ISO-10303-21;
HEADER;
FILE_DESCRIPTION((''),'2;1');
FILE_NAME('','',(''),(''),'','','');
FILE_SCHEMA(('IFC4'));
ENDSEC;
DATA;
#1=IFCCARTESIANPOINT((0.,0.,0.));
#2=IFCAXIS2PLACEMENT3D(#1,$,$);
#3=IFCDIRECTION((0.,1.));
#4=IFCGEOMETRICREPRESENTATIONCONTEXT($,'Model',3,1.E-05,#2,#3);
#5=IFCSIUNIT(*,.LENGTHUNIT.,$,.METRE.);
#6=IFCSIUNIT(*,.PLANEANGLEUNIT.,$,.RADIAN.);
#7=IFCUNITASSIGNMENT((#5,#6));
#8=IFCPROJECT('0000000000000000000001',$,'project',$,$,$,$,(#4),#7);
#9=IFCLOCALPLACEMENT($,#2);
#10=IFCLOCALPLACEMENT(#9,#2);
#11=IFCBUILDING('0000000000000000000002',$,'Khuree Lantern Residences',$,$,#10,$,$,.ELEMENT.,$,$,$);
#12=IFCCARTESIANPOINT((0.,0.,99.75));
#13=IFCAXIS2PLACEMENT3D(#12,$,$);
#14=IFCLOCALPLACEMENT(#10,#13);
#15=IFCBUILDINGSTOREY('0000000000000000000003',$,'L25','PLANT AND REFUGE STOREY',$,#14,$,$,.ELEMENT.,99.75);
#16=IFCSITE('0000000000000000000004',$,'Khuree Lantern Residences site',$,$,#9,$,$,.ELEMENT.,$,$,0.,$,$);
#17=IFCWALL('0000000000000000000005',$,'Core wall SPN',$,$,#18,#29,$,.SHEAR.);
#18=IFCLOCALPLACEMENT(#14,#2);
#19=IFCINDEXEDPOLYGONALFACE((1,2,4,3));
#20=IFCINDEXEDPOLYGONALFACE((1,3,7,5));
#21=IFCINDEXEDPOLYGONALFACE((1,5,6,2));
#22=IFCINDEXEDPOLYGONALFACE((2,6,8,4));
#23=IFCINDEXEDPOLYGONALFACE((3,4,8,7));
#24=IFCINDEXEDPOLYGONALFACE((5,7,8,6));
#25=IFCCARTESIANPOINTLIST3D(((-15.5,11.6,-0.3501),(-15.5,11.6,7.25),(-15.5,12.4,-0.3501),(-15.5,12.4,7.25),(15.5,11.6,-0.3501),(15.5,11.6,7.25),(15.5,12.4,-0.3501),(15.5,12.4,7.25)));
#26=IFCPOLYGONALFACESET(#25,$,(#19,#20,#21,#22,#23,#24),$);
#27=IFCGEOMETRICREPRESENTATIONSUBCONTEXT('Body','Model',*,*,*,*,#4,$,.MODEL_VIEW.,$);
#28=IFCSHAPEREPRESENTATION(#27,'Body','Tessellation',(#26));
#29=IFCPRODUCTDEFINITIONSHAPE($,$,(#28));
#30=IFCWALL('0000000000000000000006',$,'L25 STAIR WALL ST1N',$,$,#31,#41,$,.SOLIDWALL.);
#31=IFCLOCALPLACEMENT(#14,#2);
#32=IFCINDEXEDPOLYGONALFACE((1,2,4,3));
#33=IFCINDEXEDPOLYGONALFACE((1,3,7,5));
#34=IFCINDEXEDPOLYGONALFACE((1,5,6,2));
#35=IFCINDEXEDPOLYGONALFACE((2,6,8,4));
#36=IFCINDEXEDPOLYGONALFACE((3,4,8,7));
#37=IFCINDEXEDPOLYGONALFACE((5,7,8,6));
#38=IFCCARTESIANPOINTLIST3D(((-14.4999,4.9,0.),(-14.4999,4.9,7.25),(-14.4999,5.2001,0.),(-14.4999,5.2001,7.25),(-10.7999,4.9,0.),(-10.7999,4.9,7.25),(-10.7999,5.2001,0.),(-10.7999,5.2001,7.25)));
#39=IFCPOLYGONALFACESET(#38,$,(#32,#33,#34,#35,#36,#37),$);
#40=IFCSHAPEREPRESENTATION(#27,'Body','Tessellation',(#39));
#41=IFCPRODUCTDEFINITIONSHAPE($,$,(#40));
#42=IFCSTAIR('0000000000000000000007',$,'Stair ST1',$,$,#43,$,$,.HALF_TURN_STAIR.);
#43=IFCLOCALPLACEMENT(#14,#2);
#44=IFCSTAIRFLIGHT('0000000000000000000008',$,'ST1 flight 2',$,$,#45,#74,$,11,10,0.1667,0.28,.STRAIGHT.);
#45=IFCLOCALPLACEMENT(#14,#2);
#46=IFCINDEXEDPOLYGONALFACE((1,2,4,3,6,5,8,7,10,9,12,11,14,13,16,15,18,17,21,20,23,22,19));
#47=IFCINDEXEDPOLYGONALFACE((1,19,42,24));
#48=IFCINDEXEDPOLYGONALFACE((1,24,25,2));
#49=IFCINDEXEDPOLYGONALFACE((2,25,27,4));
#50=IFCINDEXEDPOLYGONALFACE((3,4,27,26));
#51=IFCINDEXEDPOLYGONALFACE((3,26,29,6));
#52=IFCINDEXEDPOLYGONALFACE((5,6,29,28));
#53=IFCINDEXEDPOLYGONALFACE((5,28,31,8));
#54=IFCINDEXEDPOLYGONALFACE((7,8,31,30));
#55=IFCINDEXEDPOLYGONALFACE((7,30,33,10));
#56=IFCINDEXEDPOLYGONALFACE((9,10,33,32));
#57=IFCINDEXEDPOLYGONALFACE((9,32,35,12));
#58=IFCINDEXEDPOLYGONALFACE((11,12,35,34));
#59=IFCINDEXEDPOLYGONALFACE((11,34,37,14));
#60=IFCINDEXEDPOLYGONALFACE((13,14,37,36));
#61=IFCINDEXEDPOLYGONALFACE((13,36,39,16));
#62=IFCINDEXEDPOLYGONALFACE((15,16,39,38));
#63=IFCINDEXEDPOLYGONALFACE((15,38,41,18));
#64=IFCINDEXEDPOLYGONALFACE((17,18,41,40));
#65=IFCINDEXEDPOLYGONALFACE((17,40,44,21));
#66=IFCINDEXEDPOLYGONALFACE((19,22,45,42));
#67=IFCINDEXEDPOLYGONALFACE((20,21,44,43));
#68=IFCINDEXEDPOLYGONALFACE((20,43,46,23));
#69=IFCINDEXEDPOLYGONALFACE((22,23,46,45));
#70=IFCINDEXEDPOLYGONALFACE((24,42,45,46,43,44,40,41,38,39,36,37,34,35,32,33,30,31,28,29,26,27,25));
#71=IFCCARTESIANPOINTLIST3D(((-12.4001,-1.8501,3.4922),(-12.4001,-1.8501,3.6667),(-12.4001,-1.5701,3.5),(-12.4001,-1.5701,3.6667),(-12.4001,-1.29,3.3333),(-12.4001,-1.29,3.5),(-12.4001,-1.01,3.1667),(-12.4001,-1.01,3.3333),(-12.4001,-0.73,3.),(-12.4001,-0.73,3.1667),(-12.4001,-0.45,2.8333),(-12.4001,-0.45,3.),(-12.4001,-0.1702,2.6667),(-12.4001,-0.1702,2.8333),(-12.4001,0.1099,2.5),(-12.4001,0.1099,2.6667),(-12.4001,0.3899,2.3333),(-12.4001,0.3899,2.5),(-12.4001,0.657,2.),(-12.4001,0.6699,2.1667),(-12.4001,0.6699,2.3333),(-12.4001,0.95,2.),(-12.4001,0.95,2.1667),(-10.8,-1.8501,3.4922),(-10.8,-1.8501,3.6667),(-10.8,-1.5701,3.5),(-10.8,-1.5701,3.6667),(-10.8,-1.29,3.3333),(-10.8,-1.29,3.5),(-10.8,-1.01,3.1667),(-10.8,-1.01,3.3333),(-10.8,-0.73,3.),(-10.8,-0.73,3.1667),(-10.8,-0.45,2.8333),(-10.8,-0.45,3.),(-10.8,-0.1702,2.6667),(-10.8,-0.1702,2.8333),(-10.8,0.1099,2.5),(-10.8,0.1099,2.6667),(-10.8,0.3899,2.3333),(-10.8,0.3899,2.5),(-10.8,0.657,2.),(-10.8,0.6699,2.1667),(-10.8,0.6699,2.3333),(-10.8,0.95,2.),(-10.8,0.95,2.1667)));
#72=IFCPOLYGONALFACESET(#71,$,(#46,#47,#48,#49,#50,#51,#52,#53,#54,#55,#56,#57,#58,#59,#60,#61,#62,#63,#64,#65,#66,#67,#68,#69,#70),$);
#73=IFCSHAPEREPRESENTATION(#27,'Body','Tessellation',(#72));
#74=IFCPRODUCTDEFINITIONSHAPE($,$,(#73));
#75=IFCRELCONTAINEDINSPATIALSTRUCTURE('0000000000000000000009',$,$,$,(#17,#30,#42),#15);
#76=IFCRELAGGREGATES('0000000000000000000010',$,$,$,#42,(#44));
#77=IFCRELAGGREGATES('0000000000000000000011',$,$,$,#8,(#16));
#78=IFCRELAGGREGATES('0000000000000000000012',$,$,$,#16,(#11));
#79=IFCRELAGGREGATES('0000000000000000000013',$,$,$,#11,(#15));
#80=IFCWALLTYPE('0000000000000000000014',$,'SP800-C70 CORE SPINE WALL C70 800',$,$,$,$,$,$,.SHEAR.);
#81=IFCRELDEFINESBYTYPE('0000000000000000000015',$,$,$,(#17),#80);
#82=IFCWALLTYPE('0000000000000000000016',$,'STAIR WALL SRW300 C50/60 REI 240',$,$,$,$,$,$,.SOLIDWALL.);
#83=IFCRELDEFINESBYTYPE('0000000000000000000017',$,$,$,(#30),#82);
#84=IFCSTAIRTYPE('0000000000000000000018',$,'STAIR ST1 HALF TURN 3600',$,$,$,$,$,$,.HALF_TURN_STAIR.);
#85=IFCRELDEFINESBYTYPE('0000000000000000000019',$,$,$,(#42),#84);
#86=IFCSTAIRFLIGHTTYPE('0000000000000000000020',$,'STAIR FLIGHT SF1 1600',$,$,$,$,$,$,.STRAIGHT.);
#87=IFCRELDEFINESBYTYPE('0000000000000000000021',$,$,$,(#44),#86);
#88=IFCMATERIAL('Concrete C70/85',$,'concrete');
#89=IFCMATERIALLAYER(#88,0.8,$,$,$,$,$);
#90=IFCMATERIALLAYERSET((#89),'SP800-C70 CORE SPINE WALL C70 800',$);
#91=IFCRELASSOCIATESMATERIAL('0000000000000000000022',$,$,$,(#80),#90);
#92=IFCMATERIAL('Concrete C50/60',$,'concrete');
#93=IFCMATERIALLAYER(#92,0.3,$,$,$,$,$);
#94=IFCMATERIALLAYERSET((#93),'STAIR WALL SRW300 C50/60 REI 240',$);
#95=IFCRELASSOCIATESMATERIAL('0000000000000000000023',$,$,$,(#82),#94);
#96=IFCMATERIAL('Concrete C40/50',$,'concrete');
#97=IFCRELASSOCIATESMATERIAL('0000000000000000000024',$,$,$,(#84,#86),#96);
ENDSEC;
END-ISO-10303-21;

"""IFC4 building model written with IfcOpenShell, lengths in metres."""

from ifc_helpers import new_model, si_unit, direction, frame, frame_2d, origin, place, context, subcontext, project, spatial, polyline, rectangle, outline, extrude, material, layer, layer_set, type_object, element, aggregate, save


model = new_model("IFC4")

# Units and contexts
model_context = context("Model", 3, precision=1e-05, world=origin(), true_north=direction((0.0, 1.0)))
body_context = subcontext(model_context, "Body", "Model", "MODEL_VIEW")
ifc_project = project(units=[si_unit("LENGTHUNIT", "METRE"), si_unit("PLANEANGLEUNIT", "RADIAN")], contexts=[model_context])

# Site, building, storey
site_placement = place(None, origin())
site = spatial("IfcSite", under=ifc_project, at=site_placement, Name="Khuree Lantern Residences site", CompositionType="ELEMENT", RefElevation=0.0)
building_placement = place(site_placement, origin())
building = spatial("IfcBuilding", under=site, at=building_placement, Name="Khuree Lantern Residences", CompositionType="ELEMENT")
storey_placement = place(building_placement, frame((0.0, 0.0, 99.75)))
storey = spatial("IfcBuildingStorey", under=building, at=storey_placement, Name="L25", Description="PLANT AND REFUGE STOREY", CompositionType="ELEMENT", Elevation=99.75)

# Walls
ifc_material_1 = material(Name="Concrete C70/85", Category="concrete")
ifc_layer_1 = layer(ifc_material_1, 0.8)
ifc_layer_set_1 = layer_set([ifc_layer_1], Name="SP800-C70 CORE SPINE WALL C70 800")
wall_type_1 = type_object("IfcWallType", Name="SP800-C70 CORE SPINE WALL C70 800", PredefinedType="SHEAR", material=ifc_layer_set_1)
wall_1_placement = place(storey_placement, frame((-15.5, 12.0, -0.3501), z_axis=(0.0, 0.0, 1.0), x_axis=(1.0, 0.0, 0.0)))
element("IfcWall", 1, at=wall_1_placement, inside=storey, type_object=wall_type_1, Name="Core wall SPN", PredefinedType="SHEAR", context=body_context, shape_type="SweptSolid", body=[
    extrude(rectangle(XDim=31.0, YDim=0.8, at=frame_2d((15.5, 0.0))), origin(), (0.0, 0.0, 1.0), 7.6001),
])
ifc_material_2 = material(Name="Concrete C50/60", Category="concrete")
ifc_layer_2 = layer(ifc_material_2, 0.3)
ifc_layer_set_2 = layer_set([ifc_layer_2], Name="STAIR WALL SRW300 C50/60 REI 240")
wall_type_2 = type_object("IfcWallType", Name="STAIR WALL SRW300 C50/60 REI 240", PredefinedType="SOLIDWALL", material=ifc_layer_set_2)
wall_2_placement = place(storey_placement, frame((-14.5, 5.05, 0.0), z_axis=(0.0, 0.0, 1.0), x_axis=(1.0, 0.0, 0.0)))
element("IfcWall", 2, at=wall_2_placement, inside=storey, type_object=wall_type_2, Name="L25 STAIR WALL ST1N", PredefinedType="SOLIDWALL", context=body_context, shape_type="SweptSolid", body=[
    extrude(rectangle(XDim=3.7, YDim=0.3, at=frame_2d((1.8501, 0.0))), origin(), (0.0, 0.0, 1.0), 7.25),
])

# Stair, stair flight
ifc_material_3 = material(Name="Concrete C40/50", Category="concrete")
stair_type = type_object("IfcStairType", Name="STAIR ST1 HALF TURN 3600", PredefinedType="HALF_TURN_STAIR", material=ifc_material_3)
stair_placement = place(storey_placement, origin())
stair = element("IfcStair", 3, at=stair_placement, inside=storey, type_object=stair_type, Name="Stair ST1", PredefinedType="HALF_TURN_STAIR")
stair_flight_type = type_object("IfcStairFlightType", Name="STAIR FLIGHT SF1 1600", PredefinedType="STRAIGHT", material=ifc_material_3)
stair_flight_placement = place(storey_placement, frame((-11.6001, 0.95, 2.0), z_axis=(0.0, 0.0, 1.0), x_axis=(0.0, -1.0, 0.0)))
stair_flight = element("IfcStairFlight", 4, at=stair_flight_placement, type_object=stair_flight_type, Name="ST1 flight 2", NumberOfRisers=11, NumberOfTreads=10, PredefinedType="STRAIGHT", RiserHeight=0.1667, TreadLength=0.28, context=body_context, shape_type="SweptSolid", body=[
    extrude(outline(polyline([(0.0, 0.0), (0.0, 0.1667), (0.28, 0.1667), (0.28, 0.3333), (0.5601, 0.3333), (0.5601, 0.5), (0.8401, 0.5), (0.8401, 0.6667), (1.1201, 0.6667), (1.1201, 0.8333), (1.3999, 0.8333), (1.3999, 1.0), (1.6799, 1.0), (1.6799, 1.1667), (1.96, 1.1667), (1.96, 1.3333), (2.24, 1.3333), (2.24, 1.5), (2.52, 1.5), (2.52, 1.6667), (2.8, 1.6667), (2.8, 1.8333), (2.8, 1.4922), (0.293, 0.0), (0.0, 0.0)])), frame((0.0, 0.8, 0.0), z_axis=(0.0, -1.0, 0.0), x_axis=(1.0, 0.0, 0.0)), (0.0, 0.0, 1.0), 1.6001),
])
aggregate(stair, [stair_flight])

save(model, "model.ifc")
